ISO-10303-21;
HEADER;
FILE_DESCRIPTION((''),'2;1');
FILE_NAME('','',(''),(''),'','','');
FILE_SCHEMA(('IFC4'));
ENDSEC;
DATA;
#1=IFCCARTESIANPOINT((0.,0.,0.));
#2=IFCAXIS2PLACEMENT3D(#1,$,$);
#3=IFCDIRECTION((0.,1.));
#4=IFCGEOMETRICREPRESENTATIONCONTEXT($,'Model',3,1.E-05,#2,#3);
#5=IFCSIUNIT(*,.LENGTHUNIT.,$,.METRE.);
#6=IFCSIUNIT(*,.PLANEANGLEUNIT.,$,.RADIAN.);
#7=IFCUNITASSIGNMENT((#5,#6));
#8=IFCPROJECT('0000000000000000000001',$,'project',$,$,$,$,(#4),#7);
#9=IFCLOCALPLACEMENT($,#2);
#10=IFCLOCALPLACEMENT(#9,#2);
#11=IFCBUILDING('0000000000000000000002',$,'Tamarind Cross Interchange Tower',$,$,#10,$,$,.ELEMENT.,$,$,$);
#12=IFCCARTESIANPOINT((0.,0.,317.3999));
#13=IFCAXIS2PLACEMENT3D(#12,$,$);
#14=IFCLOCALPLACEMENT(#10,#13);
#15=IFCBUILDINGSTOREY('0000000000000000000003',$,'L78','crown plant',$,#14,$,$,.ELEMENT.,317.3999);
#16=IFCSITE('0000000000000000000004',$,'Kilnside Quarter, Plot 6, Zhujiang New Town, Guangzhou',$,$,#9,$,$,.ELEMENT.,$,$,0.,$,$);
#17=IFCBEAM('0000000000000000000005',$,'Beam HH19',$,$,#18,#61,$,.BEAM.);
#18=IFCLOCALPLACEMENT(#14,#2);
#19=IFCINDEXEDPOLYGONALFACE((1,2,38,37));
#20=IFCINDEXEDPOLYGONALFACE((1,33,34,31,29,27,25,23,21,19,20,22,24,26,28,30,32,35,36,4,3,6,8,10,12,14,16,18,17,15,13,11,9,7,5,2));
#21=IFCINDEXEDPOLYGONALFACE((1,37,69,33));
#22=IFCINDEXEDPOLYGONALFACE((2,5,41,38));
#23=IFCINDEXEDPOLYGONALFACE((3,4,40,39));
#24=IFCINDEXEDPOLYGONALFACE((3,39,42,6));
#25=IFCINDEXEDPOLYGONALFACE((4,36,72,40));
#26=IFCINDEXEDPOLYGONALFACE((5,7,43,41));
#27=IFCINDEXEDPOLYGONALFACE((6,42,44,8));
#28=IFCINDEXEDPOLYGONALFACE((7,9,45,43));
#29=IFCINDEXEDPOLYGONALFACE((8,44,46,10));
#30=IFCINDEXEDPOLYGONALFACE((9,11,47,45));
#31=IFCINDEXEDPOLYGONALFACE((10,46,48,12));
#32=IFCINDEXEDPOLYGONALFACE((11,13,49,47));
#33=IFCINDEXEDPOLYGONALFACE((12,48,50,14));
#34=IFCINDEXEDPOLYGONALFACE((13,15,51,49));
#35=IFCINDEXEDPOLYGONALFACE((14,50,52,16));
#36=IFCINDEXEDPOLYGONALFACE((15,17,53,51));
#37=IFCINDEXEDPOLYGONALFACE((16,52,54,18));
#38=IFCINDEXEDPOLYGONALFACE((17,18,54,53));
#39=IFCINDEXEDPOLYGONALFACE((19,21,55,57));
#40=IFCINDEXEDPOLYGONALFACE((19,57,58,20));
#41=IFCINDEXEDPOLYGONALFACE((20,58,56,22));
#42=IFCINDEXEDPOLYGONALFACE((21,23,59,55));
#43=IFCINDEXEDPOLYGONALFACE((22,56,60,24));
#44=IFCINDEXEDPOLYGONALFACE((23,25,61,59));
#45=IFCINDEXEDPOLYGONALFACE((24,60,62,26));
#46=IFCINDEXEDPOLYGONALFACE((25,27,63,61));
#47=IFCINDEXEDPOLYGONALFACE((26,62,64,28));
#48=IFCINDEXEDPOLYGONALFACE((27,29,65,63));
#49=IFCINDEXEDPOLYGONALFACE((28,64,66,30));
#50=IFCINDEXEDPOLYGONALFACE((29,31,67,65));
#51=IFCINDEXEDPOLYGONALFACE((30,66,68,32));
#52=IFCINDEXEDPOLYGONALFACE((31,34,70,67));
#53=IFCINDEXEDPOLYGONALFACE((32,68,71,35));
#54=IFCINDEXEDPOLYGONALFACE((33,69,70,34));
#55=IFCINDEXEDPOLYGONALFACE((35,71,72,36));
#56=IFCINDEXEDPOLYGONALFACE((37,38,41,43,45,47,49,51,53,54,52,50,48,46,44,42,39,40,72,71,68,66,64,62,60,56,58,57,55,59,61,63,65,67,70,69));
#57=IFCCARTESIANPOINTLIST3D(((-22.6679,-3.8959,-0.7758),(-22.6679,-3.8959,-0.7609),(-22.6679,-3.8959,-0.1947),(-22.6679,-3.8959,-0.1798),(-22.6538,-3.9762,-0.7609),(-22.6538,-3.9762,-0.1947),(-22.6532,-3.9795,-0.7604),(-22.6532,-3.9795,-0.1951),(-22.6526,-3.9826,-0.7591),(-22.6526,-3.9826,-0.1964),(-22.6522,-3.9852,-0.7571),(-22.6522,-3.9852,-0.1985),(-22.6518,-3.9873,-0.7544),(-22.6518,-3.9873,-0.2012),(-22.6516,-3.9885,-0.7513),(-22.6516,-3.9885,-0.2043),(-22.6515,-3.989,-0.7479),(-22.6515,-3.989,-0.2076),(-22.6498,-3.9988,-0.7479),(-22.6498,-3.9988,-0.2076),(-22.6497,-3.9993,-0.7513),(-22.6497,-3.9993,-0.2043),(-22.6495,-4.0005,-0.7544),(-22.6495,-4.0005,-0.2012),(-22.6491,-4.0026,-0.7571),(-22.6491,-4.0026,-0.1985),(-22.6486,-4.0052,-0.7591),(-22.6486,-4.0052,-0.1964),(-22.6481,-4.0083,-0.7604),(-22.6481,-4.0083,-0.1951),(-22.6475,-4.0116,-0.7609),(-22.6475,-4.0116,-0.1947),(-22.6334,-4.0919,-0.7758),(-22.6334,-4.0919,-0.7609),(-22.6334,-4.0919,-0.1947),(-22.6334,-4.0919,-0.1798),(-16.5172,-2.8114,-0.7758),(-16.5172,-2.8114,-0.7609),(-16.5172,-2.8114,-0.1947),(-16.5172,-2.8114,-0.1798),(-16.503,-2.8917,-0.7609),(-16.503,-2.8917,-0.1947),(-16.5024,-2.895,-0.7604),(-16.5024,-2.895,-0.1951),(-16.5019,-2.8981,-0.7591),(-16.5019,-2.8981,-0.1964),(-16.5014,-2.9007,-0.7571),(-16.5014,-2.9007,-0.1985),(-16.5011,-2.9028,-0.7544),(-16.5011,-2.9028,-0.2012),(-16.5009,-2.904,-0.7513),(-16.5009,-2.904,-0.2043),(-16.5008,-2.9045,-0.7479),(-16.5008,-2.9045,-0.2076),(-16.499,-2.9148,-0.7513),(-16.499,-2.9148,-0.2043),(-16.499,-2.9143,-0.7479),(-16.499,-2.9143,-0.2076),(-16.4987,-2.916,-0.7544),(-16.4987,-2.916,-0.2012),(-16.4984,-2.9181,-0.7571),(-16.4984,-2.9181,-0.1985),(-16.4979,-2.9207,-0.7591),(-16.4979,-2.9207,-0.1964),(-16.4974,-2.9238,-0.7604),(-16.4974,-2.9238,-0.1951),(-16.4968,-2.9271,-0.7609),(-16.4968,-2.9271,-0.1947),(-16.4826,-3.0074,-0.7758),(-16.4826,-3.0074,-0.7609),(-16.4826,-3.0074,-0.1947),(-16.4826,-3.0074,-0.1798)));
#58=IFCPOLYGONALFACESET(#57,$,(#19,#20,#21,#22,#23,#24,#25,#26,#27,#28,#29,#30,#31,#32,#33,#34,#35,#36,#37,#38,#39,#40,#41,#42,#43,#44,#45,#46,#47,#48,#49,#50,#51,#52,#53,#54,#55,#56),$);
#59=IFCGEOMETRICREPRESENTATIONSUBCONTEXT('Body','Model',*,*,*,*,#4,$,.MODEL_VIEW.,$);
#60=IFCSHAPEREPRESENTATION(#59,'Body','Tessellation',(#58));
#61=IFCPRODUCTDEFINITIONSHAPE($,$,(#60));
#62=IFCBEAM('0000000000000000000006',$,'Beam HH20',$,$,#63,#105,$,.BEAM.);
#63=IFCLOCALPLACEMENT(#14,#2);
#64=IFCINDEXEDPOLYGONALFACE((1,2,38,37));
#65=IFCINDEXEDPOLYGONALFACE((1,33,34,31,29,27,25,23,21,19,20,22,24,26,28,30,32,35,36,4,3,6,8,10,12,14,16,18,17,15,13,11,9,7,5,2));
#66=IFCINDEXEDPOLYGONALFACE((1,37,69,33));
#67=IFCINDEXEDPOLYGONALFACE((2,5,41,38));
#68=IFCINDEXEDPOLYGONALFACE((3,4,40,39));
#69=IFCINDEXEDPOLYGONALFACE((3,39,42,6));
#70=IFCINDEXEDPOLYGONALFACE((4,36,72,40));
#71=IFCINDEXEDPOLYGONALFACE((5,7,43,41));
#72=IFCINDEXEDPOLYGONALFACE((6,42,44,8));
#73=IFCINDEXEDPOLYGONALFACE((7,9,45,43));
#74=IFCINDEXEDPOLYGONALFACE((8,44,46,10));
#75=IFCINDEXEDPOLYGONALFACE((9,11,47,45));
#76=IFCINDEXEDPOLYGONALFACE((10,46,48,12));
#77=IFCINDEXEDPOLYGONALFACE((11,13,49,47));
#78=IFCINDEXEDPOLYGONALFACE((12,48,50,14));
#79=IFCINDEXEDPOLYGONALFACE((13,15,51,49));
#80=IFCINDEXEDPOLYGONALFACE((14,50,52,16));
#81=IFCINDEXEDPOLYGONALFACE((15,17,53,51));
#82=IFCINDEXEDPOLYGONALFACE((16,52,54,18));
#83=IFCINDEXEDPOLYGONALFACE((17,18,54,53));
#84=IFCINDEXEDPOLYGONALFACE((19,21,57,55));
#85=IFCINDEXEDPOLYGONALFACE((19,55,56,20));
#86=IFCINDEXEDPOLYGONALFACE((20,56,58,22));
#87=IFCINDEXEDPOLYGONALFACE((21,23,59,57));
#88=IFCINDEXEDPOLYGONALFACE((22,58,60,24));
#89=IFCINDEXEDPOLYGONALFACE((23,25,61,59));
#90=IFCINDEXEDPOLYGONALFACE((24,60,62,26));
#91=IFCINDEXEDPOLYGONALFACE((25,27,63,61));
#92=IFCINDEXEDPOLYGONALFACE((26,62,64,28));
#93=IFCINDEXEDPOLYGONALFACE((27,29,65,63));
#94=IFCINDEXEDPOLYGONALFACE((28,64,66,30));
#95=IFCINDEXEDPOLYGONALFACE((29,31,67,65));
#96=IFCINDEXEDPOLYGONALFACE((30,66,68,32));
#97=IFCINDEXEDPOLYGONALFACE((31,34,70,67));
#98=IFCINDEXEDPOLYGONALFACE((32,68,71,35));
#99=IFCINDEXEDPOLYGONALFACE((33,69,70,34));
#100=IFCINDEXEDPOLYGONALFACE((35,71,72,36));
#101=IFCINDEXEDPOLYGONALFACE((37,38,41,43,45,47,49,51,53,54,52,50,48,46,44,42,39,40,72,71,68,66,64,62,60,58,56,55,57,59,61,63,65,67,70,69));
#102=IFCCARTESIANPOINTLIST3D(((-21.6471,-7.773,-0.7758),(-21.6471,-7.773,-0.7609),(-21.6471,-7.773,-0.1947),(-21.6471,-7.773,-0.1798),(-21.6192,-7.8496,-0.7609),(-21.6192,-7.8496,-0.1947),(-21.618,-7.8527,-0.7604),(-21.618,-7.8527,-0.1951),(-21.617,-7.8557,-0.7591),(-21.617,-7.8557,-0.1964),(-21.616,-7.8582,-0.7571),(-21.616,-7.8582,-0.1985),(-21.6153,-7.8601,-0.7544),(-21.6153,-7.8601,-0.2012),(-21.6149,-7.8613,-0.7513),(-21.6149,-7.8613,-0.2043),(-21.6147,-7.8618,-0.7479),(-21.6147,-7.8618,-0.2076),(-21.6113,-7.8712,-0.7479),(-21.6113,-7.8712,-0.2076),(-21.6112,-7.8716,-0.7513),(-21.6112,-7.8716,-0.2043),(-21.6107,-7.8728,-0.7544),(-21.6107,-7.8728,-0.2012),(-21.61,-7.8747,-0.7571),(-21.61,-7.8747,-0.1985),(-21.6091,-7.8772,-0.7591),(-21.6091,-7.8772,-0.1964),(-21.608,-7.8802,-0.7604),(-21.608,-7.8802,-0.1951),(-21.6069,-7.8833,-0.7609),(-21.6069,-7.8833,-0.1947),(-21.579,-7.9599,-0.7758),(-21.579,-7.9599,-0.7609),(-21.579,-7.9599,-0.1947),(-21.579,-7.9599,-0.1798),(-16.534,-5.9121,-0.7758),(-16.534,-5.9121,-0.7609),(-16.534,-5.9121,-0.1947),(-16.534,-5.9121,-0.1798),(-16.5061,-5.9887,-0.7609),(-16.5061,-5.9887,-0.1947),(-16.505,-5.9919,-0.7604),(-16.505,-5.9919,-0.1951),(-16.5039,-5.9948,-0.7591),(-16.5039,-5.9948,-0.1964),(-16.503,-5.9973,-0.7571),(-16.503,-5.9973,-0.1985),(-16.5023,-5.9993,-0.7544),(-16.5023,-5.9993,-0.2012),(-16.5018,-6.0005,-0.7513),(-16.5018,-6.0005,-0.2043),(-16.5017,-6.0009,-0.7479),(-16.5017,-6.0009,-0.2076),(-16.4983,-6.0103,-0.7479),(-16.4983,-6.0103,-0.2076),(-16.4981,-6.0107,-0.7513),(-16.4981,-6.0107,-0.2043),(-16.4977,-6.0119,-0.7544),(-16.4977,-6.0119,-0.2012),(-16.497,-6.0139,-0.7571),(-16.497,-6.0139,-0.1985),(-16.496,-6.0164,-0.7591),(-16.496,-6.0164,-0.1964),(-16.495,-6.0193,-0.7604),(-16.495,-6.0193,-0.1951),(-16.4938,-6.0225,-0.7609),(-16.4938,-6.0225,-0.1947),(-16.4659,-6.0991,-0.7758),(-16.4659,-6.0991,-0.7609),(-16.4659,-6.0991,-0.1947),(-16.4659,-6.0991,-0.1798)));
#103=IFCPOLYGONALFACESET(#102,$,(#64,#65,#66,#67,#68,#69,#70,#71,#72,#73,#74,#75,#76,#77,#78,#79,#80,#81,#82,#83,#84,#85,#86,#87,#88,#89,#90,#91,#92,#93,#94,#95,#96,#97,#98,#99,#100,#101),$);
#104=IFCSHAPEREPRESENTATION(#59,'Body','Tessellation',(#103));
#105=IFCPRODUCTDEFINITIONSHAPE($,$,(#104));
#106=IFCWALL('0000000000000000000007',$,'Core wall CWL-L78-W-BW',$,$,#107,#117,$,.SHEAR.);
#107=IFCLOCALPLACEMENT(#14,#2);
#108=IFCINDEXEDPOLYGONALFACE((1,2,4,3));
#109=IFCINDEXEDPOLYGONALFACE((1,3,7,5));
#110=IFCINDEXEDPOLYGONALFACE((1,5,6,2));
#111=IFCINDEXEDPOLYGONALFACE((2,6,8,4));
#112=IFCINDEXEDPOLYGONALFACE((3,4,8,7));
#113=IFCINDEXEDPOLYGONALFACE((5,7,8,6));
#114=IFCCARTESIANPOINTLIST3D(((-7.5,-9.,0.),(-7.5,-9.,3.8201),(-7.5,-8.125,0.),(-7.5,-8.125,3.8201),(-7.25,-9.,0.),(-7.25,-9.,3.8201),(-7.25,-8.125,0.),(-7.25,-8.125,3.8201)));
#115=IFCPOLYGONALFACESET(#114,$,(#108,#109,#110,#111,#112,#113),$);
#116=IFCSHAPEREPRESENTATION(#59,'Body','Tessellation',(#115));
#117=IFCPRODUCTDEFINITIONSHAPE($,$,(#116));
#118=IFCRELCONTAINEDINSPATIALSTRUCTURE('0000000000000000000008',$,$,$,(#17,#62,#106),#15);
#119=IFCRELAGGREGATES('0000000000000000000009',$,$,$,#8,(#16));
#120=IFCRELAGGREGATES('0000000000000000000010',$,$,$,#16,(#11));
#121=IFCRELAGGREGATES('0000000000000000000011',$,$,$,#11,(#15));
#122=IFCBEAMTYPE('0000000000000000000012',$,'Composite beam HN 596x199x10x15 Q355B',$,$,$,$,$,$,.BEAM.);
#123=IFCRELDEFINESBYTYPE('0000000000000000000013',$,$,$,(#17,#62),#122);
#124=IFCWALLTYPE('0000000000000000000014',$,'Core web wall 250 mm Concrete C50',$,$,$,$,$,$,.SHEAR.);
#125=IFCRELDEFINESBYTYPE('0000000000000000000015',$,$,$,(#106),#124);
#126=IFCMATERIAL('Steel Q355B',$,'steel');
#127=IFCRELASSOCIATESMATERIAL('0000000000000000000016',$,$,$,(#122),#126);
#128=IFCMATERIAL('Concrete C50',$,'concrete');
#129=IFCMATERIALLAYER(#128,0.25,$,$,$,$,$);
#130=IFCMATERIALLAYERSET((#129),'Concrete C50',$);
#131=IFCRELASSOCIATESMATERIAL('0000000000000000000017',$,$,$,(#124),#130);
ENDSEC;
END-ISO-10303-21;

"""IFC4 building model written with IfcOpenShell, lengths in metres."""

from ifc_helpers import new_model, si_unit, direction, frame, frame_2d, origin, origin_2d, place, context, subcontext, project, spatial, rectangle, i_section, extrude, material, layer, layer_set, material_profile, profile_set, type_object, element, save


model = new_model("IFC4")

# Units and contexts
model_context = context("Model", 3, precision=1e-05, world=origin(), true_north=direction((0.0, 1.0)))
body_context = subcontext(model_context, "Body", "Model", "MODEL_VIEW")
ifc_project = project(units=[si_unit("LENGTHUNIT", "METRE"), si_unit("PLANEANGLEUNIT", "RADIAN")], contexts=[model_context])

# Site, building, storey
site_placement = place(None, origin())
site = spatial("IfcSite", under=ifc_project, at=site_placement, Name="Kilnside Quarter, Plot 6, Zhujiang New Town, Guangzhou", CompositionType="ELEMENT", RefElevation=0.0)
building_placement = place(site_placement, origin())
building = spatial("IfcBuilding", under=site, at=building_placement, Name="Tamarind Cross Interchange Tower", CompositionType="ELEMENT")
storey_placement = place(building_placement, frame((0.0, 0.0, 317.3999)))
storey = spatial("IfcBuildingStorey", under=building, at=storey_placement, Name="L78", Description="crown plant", CompositionType="ELEMENT", Elevation=317.3999)

# Beams
ifc_material_1 = material(Name="Steel Q355B", Category="steel")
ifc_material_profile_1 = material_profile(ifc_material_1, i_section(OverallWidth=0.199, OverallDepth=0.5959, WebThickness=0.01, FlangeThickness=0.0149, FilletRadius=0.0129, at=origin_2d()), Name="HN 596x199x10x15")
ifc_profile_set_1 = profile_set([ifc_material_profile_1], Name="Steel Q355B")
beam_type = type_object("IfcBeamType", Name="Composite beam HN 596x199x10x15 Q355B", PredefinedType="BEAM", material=ifc_profile_set_1)
beam_1_placement = place(storey_placement, frame((-22.6506, -3.9939, -0.4778), z_axis=(0.984809, 0.17364, 0.0), x_axis=(-0.17364, 0.984809, 0.0)))
element("IfcBeam", 1, at=beam_1_placement, inside=storey, type_object=beam_type, Name="Beam HH19", PredefinedType="BEAM", context=body_context, shape_type="SweptSolid", body=[
    extrude(i_section(OverallWidth=0.199, OverallDepth=0.5959, WebThickness=0.01, FlangeThickness=0.0149, FilletRadius=0.0129, at=origin_2d()), origin(), (0.0, 0.0, 1.0), 6.2456),
])
beam_2_placement = place(storey_placement, frame((-21.613, -7.8665, -0.4778), z_axis=(0.939702, 0.341995, 0.0), x_axis=(-0.341995, 0.939702, 0.0)))
element("IfcBeam", 2, at=beam_2_placement, inside=storey, type_object=beam_type, Name="Beam HH20", PredefinedType="BEAM", context=body_context, shape_type="SweptSolid", body=[
    extrude(i_section(OverallWidth=0.199, OverallDepth=0.5959, WebThickness=0.01, FlangeThickness=0.0149, FilletRadius=0.0129, at=origin_2d()), origin(), (0.0, 0.0, 1.0), 5.4412),
])

# Wall
ifc_material_2 = material(Name="Concrete C50", Category="concrete")
ifc_layer_1 = layer(ifc_material_2, 0.25)
ifc_layer_set_1 = layer_set([ifc_layer_1], Name="Concrete C50")
wall_type_1 = type_object("IfcWallType", Name="Core web wall 250 mm Concrete C50", PredefinedType="SHEAR", material=ifc_layer_set_1)
wall_1_placement = place(storey_placement, frame((-7.375, -9.0, 0.0), z_axis=(0.0, 0.0, 1.0), x_axis=(0.0, 1.0, 0.0)))
element("IfcWall", 3, at=wall_1_placement, inside=storey, type_object=wall_type_1, Name="Core wall CWL-L78-W-BW", PredefinedType="SHEAR", context=body_context, shape_type="SweptSolid", body=[
    extrude(rectangle(XDim=0.875, YDim=0.25, at=frame_2d((0.4375, 0.0))), origin(), (0.0, 0.0, 1.0), 3.8201),
])

save(model, "model.ifc")
